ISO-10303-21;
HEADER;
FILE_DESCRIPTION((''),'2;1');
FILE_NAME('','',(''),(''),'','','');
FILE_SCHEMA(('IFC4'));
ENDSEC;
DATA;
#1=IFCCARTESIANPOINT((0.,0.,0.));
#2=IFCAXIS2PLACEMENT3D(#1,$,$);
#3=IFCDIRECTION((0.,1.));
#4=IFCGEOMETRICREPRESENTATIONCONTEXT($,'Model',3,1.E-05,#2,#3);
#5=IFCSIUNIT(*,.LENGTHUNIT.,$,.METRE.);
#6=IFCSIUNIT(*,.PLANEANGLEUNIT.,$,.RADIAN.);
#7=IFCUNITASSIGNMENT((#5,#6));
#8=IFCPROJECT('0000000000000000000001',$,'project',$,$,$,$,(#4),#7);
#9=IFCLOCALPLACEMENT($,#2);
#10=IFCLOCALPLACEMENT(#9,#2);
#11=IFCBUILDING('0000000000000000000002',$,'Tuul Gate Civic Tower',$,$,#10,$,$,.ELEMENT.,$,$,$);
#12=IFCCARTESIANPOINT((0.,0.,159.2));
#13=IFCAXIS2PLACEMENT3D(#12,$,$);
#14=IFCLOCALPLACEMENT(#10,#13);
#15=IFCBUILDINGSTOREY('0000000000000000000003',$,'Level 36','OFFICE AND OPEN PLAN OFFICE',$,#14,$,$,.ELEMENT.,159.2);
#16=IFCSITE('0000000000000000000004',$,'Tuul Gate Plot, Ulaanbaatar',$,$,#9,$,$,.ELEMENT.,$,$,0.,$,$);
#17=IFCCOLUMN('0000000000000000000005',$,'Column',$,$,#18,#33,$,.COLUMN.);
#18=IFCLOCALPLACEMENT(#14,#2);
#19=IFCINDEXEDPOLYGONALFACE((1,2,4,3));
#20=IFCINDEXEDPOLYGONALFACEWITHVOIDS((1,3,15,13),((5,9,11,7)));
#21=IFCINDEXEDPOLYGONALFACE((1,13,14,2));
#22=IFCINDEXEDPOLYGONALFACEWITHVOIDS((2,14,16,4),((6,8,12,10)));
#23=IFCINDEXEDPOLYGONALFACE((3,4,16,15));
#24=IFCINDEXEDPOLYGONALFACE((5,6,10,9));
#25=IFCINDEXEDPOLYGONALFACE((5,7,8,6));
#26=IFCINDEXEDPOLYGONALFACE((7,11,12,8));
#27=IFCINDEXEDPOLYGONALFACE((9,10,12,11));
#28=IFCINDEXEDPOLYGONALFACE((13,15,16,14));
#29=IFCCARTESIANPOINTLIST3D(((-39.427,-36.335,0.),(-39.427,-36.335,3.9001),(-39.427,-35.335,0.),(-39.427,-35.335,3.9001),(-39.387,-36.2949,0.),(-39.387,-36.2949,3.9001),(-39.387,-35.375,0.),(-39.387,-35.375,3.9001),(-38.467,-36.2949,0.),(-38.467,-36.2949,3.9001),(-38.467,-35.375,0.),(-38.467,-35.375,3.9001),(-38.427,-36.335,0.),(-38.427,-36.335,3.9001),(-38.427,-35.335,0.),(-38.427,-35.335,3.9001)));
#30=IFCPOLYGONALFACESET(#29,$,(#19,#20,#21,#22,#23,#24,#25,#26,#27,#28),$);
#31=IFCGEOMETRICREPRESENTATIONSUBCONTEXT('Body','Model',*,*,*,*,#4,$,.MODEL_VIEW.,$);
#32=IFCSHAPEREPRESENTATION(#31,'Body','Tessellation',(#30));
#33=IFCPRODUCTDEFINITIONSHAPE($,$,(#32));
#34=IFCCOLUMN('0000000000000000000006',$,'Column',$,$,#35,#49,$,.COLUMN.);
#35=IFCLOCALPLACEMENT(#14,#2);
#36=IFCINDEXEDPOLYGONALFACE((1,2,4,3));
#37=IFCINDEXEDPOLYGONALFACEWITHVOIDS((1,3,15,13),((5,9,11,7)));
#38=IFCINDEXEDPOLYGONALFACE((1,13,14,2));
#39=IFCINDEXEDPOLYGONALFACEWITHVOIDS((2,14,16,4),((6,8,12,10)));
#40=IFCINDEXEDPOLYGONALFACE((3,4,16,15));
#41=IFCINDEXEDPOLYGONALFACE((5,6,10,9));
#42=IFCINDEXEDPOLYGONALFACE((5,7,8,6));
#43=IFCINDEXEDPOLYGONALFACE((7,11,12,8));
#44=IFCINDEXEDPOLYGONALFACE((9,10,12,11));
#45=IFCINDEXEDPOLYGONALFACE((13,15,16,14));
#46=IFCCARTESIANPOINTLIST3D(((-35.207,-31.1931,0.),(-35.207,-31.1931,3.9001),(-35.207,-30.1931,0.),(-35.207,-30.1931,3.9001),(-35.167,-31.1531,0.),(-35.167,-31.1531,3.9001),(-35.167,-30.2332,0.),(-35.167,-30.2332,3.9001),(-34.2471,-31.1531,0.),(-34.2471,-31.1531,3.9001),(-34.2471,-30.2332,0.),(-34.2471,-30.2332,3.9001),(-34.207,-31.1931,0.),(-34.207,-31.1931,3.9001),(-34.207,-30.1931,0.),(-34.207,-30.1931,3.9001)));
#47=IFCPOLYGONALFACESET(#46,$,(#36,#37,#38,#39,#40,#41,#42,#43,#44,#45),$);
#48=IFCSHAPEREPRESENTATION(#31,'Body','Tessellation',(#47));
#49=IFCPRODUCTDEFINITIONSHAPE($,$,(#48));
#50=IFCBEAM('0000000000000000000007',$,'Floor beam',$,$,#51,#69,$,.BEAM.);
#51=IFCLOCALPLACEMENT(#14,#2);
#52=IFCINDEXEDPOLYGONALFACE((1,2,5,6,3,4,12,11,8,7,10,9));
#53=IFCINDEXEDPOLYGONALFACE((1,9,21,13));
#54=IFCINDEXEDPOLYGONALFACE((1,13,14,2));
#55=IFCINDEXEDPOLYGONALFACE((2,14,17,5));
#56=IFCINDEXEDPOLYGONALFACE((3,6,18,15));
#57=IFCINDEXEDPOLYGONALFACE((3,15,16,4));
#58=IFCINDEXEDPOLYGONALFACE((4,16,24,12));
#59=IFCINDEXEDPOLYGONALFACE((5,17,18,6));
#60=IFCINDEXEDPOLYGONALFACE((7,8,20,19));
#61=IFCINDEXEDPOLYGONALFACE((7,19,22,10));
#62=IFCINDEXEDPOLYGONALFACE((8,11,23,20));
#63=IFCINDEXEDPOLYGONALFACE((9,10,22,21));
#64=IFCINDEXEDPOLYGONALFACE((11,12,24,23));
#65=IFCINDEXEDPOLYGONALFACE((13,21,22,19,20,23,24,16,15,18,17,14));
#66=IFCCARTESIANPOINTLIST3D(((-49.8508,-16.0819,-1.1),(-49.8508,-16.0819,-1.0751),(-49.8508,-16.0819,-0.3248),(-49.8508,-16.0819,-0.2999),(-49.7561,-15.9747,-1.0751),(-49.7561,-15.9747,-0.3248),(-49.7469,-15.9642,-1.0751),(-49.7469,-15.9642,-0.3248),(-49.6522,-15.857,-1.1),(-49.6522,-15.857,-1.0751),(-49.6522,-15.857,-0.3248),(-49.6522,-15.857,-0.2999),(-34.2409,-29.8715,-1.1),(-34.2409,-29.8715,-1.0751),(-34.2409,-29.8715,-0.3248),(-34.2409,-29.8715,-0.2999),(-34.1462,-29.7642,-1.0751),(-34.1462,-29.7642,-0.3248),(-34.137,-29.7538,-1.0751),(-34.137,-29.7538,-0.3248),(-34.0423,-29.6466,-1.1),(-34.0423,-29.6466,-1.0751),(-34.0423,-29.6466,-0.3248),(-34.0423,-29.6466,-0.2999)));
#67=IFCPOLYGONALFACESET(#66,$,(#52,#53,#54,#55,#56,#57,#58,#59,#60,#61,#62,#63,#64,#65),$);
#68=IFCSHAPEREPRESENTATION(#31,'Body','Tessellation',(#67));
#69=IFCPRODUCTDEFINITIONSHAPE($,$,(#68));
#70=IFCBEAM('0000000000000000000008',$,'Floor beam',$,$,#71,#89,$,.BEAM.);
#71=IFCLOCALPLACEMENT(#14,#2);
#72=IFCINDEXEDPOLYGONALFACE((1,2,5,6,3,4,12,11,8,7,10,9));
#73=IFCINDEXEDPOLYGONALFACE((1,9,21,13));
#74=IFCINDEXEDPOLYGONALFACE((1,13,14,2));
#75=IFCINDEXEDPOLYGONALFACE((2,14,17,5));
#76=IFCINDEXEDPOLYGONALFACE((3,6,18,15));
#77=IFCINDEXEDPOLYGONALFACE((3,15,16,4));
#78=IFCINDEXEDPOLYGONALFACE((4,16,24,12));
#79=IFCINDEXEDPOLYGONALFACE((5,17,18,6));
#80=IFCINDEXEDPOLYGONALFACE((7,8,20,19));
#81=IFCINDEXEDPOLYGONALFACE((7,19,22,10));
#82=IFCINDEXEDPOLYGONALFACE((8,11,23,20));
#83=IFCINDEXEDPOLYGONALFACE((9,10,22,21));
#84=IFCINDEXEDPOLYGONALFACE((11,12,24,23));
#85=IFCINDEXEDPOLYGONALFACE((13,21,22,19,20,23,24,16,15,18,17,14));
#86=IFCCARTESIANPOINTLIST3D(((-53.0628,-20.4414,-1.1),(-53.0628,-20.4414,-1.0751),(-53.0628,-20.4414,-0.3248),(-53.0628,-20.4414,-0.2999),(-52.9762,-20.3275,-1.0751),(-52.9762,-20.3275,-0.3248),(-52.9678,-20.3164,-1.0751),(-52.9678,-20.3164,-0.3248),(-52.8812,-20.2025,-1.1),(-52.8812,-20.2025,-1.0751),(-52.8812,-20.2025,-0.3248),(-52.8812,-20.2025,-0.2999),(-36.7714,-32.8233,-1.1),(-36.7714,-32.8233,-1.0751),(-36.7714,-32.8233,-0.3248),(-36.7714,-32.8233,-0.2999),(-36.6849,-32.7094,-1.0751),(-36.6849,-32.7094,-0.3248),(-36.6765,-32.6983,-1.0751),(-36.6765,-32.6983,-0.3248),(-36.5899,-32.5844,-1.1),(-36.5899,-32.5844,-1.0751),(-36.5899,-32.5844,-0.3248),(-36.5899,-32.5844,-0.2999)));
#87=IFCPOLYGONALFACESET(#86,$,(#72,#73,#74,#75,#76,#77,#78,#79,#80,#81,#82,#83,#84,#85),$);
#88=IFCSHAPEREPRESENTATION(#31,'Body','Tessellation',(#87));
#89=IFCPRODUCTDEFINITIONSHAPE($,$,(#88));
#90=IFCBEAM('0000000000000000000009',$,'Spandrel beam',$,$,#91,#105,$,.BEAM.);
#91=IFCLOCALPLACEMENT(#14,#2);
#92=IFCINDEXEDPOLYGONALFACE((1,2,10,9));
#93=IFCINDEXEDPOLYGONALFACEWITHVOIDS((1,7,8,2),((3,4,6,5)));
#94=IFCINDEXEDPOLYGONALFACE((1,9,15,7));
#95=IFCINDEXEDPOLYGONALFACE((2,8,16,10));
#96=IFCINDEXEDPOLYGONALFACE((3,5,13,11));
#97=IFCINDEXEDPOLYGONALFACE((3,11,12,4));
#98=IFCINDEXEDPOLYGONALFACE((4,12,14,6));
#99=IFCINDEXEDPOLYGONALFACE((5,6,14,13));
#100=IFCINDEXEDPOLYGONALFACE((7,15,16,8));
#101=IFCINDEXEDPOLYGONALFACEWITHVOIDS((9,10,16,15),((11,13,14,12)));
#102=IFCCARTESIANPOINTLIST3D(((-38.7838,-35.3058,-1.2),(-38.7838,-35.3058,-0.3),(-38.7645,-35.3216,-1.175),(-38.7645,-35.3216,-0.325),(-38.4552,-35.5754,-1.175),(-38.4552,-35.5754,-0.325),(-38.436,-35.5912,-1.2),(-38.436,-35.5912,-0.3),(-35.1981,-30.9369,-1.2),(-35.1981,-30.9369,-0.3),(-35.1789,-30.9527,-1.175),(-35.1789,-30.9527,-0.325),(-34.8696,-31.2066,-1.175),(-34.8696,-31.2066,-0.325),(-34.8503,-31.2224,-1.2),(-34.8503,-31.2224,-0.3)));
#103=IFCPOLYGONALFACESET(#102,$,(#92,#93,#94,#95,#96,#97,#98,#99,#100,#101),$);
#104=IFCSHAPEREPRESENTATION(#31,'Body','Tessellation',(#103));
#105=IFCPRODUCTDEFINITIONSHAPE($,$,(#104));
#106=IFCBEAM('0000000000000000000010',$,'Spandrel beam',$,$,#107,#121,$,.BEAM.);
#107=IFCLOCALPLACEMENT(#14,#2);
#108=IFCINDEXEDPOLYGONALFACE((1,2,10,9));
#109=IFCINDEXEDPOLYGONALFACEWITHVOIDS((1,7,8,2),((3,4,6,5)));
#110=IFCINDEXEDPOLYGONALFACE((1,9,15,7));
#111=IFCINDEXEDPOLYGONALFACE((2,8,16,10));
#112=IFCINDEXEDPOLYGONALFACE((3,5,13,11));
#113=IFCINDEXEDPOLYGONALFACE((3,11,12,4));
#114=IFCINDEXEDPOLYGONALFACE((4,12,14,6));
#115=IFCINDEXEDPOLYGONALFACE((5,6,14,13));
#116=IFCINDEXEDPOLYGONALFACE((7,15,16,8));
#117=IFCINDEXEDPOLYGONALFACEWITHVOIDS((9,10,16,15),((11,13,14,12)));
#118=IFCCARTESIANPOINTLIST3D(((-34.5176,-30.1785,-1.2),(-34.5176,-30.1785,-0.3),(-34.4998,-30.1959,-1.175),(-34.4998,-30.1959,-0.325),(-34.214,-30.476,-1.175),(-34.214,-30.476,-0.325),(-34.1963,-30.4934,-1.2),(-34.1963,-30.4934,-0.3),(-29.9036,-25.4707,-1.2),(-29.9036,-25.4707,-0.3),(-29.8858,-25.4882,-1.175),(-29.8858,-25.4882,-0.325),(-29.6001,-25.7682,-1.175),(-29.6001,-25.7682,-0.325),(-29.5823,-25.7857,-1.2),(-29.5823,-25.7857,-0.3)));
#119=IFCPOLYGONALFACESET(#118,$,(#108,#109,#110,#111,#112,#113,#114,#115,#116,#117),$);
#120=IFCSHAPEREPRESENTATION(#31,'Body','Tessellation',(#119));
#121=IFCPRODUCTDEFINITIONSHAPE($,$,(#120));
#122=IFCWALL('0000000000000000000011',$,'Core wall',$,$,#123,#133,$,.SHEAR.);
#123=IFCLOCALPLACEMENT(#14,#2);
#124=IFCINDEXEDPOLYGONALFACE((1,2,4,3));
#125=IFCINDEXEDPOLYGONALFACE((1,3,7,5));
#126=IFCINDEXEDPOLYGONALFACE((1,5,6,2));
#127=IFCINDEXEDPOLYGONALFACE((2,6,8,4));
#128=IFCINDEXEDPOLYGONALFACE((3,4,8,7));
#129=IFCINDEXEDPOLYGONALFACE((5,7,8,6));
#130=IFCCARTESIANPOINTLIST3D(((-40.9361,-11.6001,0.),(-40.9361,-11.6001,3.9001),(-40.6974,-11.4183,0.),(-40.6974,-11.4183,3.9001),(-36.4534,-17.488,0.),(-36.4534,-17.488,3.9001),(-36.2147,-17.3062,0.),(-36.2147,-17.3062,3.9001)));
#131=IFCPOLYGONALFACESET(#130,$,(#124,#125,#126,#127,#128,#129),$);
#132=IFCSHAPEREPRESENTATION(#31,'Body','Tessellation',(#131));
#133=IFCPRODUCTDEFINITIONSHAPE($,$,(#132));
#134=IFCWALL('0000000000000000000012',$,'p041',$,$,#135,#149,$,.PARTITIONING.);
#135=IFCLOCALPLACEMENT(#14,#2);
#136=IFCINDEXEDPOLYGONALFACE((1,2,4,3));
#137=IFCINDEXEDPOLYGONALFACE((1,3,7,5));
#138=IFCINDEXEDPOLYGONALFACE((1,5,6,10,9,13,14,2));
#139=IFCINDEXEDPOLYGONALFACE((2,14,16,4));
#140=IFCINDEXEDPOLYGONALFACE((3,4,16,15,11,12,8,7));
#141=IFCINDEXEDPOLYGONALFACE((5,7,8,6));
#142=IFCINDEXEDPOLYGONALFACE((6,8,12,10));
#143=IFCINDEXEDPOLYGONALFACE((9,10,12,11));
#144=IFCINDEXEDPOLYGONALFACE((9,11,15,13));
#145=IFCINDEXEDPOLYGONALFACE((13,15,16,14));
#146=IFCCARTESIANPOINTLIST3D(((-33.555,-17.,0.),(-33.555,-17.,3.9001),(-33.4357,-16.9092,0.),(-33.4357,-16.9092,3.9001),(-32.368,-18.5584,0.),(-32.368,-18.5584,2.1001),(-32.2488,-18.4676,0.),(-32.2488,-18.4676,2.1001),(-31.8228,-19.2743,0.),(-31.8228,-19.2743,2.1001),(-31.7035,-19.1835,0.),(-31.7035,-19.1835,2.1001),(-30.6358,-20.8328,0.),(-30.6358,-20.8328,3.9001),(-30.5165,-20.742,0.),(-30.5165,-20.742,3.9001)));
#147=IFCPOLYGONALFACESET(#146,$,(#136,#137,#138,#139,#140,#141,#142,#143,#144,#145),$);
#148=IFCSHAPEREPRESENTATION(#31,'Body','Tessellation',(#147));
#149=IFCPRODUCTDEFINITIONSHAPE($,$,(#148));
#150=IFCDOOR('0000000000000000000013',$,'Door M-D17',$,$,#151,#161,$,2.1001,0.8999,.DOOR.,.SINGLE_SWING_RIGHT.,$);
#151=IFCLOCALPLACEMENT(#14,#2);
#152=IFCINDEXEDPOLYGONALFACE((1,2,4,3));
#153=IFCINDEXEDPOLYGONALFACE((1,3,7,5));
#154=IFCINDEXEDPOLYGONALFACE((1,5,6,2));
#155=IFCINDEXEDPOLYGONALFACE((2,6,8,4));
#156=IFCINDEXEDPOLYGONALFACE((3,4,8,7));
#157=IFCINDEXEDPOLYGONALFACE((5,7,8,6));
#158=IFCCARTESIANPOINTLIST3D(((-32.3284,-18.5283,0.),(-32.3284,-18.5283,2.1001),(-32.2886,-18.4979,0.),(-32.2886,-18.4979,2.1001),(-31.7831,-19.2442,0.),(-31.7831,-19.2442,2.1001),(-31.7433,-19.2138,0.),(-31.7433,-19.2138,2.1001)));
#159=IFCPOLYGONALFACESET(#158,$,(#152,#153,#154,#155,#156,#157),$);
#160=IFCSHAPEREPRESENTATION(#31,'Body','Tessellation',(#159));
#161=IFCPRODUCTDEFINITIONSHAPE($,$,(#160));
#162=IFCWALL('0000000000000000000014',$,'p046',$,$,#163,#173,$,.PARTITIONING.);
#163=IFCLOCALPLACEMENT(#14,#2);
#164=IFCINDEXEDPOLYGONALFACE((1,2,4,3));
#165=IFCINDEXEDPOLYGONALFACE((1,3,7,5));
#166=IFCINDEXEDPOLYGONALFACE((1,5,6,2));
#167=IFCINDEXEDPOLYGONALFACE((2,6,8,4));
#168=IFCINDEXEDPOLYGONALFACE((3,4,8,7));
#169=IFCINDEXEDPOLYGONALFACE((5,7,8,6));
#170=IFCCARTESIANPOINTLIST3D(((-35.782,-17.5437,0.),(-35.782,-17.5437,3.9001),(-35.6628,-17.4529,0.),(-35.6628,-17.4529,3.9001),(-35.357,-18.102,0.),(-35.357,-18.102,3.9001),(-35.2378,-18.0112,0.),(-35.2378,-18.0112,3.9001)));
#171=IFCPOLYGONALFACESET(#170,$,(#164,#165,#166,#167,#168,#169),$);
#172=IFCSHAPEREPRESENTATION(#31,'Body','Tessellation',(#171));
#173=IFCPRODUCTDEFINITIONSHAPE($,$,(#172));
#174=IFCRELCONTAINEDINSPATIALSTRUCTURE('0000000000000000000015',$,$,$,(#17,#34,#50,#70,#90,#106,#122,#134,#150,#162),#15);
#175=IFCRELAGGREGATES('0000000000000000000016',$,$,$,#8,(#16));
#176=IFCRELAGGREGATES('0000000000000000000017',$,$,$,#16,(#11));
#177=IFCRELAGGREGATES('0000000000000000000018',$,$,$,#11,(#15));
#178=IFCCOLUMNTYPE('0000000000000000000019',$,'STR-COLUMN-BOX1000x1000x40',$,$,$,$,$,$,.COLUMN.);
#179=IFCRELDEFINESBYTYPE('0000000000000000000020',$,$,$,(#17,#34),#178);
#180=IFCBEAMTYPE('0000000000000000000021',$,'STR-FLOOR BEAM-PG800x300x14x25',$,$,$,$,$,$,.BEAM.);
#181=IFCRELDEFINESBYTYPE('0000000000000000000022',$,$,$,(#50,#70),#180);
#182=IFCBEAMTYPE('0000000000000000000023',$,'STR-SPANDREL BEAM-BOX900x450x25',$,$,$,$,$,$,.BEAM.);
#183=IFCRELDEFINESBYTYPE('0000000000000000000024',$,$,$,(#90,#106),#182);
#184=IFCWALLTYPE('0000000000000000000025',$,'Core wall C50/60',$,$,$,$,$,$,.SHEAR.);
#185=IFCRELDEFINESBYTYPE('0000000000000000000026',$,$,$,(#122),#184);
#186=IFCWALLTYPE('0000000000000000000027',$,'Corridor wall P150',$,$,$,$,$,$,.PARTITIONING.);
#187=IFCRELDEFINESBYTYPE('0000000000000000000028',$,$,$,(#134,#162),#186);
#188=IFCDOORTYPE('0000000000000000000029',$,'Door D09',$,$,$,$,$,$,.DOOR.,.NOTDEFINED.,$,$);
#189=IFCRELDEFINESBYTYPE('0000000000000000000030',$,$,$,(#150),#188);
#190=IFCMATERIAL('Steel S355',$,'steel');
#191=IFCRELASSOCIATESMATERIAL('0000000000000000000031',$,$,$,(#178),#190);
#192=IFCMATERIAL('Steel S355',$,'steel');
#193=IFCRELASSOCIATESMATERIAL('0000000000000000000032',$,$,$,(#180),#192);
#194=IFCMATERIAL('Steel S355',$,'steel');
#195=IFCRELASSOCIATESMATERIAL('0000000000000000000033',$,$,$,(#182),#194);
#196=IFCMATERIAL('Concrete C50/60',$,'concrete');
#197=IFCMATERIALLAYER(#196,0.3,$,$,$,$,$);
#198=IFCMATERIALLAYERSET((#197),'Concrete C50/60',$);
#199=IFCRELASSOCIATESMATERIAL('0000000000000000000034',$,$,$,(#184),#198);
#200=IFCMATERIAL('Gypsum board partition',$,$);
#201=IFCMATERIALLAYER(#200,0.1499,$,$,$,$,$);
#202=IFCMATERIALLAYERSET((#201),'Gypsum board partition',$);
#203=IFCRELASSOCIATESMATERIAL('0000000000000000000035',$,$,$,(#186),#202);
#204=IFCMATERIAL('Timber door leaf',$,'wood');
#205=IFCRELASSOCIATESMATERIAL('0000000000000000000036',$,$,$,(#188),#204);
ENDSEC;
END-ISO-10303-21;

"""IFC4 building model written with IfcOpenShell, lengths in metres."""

from ifc_helpers import new_model, si_unit, direction, frame, frame_2d, origin, origin_2d, place, context, subcontext, project, spatial, rectangle, hollow_rectangle, i_section, extrude, material, layer, layer_set, material_profile, profile_set, type_object, element, fill, save


model = new_model("IFC4")

# Units and contexts
model_context = context("Model", 3, precision=1e-05, world=origin(), true_north=direction((0.0, 1.0)))
body_context = subcontext(model_context, "Body", "Model", "MODEL_VIEW")
ifc_project = project(units=[si_unit("LENGTHUNIT", "METRE"), si_unit("PLANEANGLEUNIT", "RADIAN")], contexts=[model_context])

# Site, building, storey
site_placement = place(None, origin())
site = spatial("IfcSite", under=ifc_project, at=site_placement, Name="Tuul Gate Plot, Ulaanbaatar", CompositionType="ELEMENT", RefElevation=0.0)
building_placement = place(site_placement, origin())
building = spatial("IfcBuilding", under=site, at=building_placement, Name="Tuul Gate Civic Tower", CompositionType="ELEMENT")
storey_placement = place(building_placement, frame((0.0, 0.0, 159.2)))
storey = spatial("IfcBuildingStorey", under=building, at=storey_placement, Name="Level 36", Description="OFFICE AND OPEN PLAN OFFICE", CompositionType="ELEMENT", Elevation=159.2)

# Columns
ifc_material_1 = material(Name="Steel S355", Category="steel")
ifc_material_profile_1 = material_profile(ifc_material_1, hollow_rectangle(XDim=1.0, YDim=1.0, WallThickness=0.04, at=origin_2d()), Name="BOX1000x1000x40")
ifc_profile_set_1 = profile_set([ifc_material_profile_1], Name="Steel S355")
column_type = type_object("IfcColumnType", Name="STR-COLUMN-BOX1000x1000x40", PredefinedType="COLUMN", material=ifc_profile_set_1)
for number, where, z_axis, x_axis, name in (
    (1, (-38.927, -35.835, 0.0), (0.0, 0.0, 1.0), (1.0, 0.0, 0.0), "Column"),
    (2, (-34.707, -30.6931, 0.0), (0.0, 0.0, 1.0), (1.0, 0.0, 0.0), "Column"),
):
    element("IfcColumn", number, at=place(storey_placement, frame(where, z_axis=z_axis, x_axis=x_axis)), inside=storey, type_object=column_type, Name=name, PredefinedType="COLUMN", context=body_context, shape_type="SweptSolid", body=[
        extrude(hollow_rectangle(XDim=1.0, YDim=1.0, WallThickness=0.04, at=origin_2d()), origin(), (0.0, 0.0, 1.0), 3.9001),
    ])

# Beams
ifc_material_2 = material(Name="Steel S355", Category="steel")
ifc_material_profile_2 = material_profile(ifc_material_2, i_section(OverallWidth=0.3, OverallDepth=0.8, WebThickness=0.0139, FlangeThickness=0.0249, at=origin_2d()), Name="PG800x300x14x25")
ifc_profile_set_2 = profile_set([ifc_material_profile_2], Name="Steel S355")
beam_type_1 = type_object("IfcBeamType", Name="STR-FLOOR BEAM-PG800x300x14x25", PredefinedType="BEAM", material=ifc_profile_set_2)
beam_1_placement = place(storey_placement, frame((-34.1416, -29.759, -0.7), z_axis=(-0.749453, 0.662057, 0.0), x_axis=(-0.662057, -0.749453, 0.0)))
element("IfcBeam", 3, at=beam_1_placement, inside=storey, type_object=beam_type_1, Name="Floor beam", PredefinedType="BEAM", context=body_context, shape_type="SweptSolid", body=[
    extrude(i_section(OverallWidth=0.3, OverallDepth=0.8, WebThickness=0.0139, FlangeThickness=0.0249, at=origin_2d()), origin(), (0.0, 0.0, 1.0), 20.8284),
])
beam_2_placement = place(storey_placement, frame((-36.6807, -32.7039, -0.7), z_axis=(-0.796151, 0.605098, 0.0), x_axis=(-0.605098, -0.796151, 0.0)))
element("IfcBeam", 4, at=beam_2_placement, inside=storey, type_object=beam_type_1, Name="Floor beam", PredefinedType="BEAM", context=body_context, shape_type="SweptSolid", body=[
    extrude(i_section(OverallWidth=0.3, OverallDepth=0.8, WebThickness=0.0139, FlangeThickness=0.0249, at=origin_2d()), origin(), (0.0, 0.0, 1.0), 20.4626),
])
ifc_material_3 = material(Name="Steel S355", Category="steel")
ifc_material_profile_3 = material_profile(ifc_material_3, hollow_rectangle(XDim=0.45, YDim=0.8999, WallThickness=0.0249, at=origin_2d()), Name="BOX900x450x25")
ifc_profile_set_3 = profile_set([ifc_material_profile_3], Name="Steel S355")
beam_type_2 = type_object("IfcBeamType", Name="STR-SPANDREL BEAM-BOX900x450x25", PredefinedType="BEAM", material=ifc_profile_set_3)
beam_3_placement = place(storey_placement, frame((-38.6099, -35.4485, -0.75), z_axis=(0.634418, 0.77299, 0.0), x_axis=(-0.77299, 0.634418, 0.0)))
element("IfcBeam", 5, at=beam_3_placement, inside=storey, type_object=beam_type_2, Name="Spandrel beam", PredefinedType="BEAM", context=body_context, shape_type="SweptSolid", body=[
    extrude(hollow_rectangle(XDim=0.45, YDim=0.8999, WallThickness=0.0249, at=origin_2d()), origin(), (0.0, 0.0, 1.0), 5.6519),
])
beam_4_placement = place(storey_placement, frame((-34.3569, -30.3359, -0.75), z_axis=(0.69996, 0.714182, 0.0), x_axis=(-0.714182, 0.69996, 0.0)))
element("IfcBeam", 6, at=beam_4_placement, inside=storey, type_object=beam_type_2, Name="Spandrel beam", PredefinedType="BEAM", context=body_context, shape_type="SweptSolid", body=[
    extrude(hollow_rectangle(XDim=0.45, YDim=0.8999, WallThickness=0.0249, at=origin_2d()), origin(), (0.0, 0.0, 1.0), 6.5918),
])

# Wall
ifc_material_4 = material(Name="Concrete C50/60", Category="concrete")
ifc_layer_1 = layer(ifc_material_4, 0.3)
ifc_layer_set_1 = layer_set([ifc_layer_1], Name="Concrete C50/60")
wall_type_1 = type_object("IfcWallType", Name="Core wall C50/60", PredefinedType="SHEAR", material=ifc_layer_set_1)
wall_1_placement = place(storey_placement, frame((-36.334, -17.3972, 0.0), z_axis=(0.0, 0.0, 1.0), x_axis=(-0.605754, 0.795652, 0.0)))
element("IfcWall", 7, at=wall_1_placement, inside=storey, type_object=wall_type_1, Name="Core wall", PredefinedType="SHEAR", context=body_context, shape_type="SweptSolid", body=[
    extrude(rectangle(XDim=7.4001, YDim=0.3, at=frame_2d((3.7002, 0.0))), origin(), (0.0, 0.0, 1.0), 3.9001),
])

# Wall, opening, door
ifc_material_5 = material(Name="Gypsum board partition")
ifc_layer_2 = layer(ifc_material_5, 0.1499)
ifc_layer_set_2 = layer_set([ifc_layer_2], Name="Gypsum board partition")
wall_type_2 = type_object("IfcWallType", Name="Corridor wall P150", PredefinedType="PARTITIONING", material=ifc_layer_set_2)
wall_2_placement = place(storey_placement, frame((-33.4954, -16.9546, 0.0), z_axis=(0.0, 0.0, 1.0), x_axis=(0.60591, -0.795533, 0.0)))
wall_2 = element("IfcWall", 8, at=wall_2_placement, inside=storey, type_object=wall_type_2, Name="p041", PredefinedType="PARTITIONING", context=body_context, shape_type="SweptSolid", body=[
    extrude(rectangle(XDim=4.8179, YDim=0.1499, at=frame_2d((2.4089, 0.0))), origin(), (0.0, 0.0, 1.0), 3.9001),
])
opening_1_placement = place(wall_2_placement, frame((1.959, 0.0, 0.0)))
opening_1 = element("IfcOpeningElement", 9, at=opening_1_placement, cuts=wall_2, PredefinedType="OPENING", context=body_context, shape_type="SweptSolid", body=[
    extrude(rectangle(XDim=0.8999, YDim=2.1001, at=frame_2d((0.45, 1.05))), frame((0.0, 0.085, 0.0), z_axis=(0.0, -1.0, 0.0), x_axis=(1.0, 0.0, 0.0)), (0.0, 0.0, 1.0), 0.1699),
])
ifc_material_6 = material(Name="Timber door leaf", Category="wood")
door_type_1 = type_object("IfcDoorType", Name="Door D09", OperationType="NOTDEFINED", PredefinedType="DOOR", material=ifc_material_6)
door_1_placement = place(opening_1_placement, origin())
door_1 = element("IfcDoor", 10, at=door_1_placement, inside=storey, type_object=door_type_1, Name="Door M-D17", OperationType="SINGLE_SWING_RIGHT", OverallHeight=2.1001, OverallWidth=0.8999, PredefinedType="DOOR", context=body_context, shape_type="SweptSolid", body=[
    extrude(rectangle(XDim=0.8999, YDim=2.1001, at=frame_2d((0.45, 1.05))), frame((0.0, 0.0249, 0.0), z_axis=(0.0, -1.0, 0.0), x_axis=(1.0, 0.0, 0.0)), (0.0, 0.0, 1.0), 0.05),
])
fill(opening_1, door_1)

# Wall
wall_3_placement = place(storey_placement, frame((-35.7224, -17.4983, 0.0), z_axis=(0.0, 0.0, 1.0), x_axis=(0.605718, -0.795679, 0.0)))
element("IfcWall", 11, at=wall_3_placement, inside=storey, type_object=wall_type_2, Name="p046", PredefinedType="PARTITIONING", context=body_context, shape_type="SweptSolid", body=[
    extrude(rectangle(XDim=0.7017, YDim=0.1499, at=frame_2d((0.3508, 0.0))), origin(), (0.0, 0.0, 1.0), 3.9001),
])

save(model, "model.ifc")
